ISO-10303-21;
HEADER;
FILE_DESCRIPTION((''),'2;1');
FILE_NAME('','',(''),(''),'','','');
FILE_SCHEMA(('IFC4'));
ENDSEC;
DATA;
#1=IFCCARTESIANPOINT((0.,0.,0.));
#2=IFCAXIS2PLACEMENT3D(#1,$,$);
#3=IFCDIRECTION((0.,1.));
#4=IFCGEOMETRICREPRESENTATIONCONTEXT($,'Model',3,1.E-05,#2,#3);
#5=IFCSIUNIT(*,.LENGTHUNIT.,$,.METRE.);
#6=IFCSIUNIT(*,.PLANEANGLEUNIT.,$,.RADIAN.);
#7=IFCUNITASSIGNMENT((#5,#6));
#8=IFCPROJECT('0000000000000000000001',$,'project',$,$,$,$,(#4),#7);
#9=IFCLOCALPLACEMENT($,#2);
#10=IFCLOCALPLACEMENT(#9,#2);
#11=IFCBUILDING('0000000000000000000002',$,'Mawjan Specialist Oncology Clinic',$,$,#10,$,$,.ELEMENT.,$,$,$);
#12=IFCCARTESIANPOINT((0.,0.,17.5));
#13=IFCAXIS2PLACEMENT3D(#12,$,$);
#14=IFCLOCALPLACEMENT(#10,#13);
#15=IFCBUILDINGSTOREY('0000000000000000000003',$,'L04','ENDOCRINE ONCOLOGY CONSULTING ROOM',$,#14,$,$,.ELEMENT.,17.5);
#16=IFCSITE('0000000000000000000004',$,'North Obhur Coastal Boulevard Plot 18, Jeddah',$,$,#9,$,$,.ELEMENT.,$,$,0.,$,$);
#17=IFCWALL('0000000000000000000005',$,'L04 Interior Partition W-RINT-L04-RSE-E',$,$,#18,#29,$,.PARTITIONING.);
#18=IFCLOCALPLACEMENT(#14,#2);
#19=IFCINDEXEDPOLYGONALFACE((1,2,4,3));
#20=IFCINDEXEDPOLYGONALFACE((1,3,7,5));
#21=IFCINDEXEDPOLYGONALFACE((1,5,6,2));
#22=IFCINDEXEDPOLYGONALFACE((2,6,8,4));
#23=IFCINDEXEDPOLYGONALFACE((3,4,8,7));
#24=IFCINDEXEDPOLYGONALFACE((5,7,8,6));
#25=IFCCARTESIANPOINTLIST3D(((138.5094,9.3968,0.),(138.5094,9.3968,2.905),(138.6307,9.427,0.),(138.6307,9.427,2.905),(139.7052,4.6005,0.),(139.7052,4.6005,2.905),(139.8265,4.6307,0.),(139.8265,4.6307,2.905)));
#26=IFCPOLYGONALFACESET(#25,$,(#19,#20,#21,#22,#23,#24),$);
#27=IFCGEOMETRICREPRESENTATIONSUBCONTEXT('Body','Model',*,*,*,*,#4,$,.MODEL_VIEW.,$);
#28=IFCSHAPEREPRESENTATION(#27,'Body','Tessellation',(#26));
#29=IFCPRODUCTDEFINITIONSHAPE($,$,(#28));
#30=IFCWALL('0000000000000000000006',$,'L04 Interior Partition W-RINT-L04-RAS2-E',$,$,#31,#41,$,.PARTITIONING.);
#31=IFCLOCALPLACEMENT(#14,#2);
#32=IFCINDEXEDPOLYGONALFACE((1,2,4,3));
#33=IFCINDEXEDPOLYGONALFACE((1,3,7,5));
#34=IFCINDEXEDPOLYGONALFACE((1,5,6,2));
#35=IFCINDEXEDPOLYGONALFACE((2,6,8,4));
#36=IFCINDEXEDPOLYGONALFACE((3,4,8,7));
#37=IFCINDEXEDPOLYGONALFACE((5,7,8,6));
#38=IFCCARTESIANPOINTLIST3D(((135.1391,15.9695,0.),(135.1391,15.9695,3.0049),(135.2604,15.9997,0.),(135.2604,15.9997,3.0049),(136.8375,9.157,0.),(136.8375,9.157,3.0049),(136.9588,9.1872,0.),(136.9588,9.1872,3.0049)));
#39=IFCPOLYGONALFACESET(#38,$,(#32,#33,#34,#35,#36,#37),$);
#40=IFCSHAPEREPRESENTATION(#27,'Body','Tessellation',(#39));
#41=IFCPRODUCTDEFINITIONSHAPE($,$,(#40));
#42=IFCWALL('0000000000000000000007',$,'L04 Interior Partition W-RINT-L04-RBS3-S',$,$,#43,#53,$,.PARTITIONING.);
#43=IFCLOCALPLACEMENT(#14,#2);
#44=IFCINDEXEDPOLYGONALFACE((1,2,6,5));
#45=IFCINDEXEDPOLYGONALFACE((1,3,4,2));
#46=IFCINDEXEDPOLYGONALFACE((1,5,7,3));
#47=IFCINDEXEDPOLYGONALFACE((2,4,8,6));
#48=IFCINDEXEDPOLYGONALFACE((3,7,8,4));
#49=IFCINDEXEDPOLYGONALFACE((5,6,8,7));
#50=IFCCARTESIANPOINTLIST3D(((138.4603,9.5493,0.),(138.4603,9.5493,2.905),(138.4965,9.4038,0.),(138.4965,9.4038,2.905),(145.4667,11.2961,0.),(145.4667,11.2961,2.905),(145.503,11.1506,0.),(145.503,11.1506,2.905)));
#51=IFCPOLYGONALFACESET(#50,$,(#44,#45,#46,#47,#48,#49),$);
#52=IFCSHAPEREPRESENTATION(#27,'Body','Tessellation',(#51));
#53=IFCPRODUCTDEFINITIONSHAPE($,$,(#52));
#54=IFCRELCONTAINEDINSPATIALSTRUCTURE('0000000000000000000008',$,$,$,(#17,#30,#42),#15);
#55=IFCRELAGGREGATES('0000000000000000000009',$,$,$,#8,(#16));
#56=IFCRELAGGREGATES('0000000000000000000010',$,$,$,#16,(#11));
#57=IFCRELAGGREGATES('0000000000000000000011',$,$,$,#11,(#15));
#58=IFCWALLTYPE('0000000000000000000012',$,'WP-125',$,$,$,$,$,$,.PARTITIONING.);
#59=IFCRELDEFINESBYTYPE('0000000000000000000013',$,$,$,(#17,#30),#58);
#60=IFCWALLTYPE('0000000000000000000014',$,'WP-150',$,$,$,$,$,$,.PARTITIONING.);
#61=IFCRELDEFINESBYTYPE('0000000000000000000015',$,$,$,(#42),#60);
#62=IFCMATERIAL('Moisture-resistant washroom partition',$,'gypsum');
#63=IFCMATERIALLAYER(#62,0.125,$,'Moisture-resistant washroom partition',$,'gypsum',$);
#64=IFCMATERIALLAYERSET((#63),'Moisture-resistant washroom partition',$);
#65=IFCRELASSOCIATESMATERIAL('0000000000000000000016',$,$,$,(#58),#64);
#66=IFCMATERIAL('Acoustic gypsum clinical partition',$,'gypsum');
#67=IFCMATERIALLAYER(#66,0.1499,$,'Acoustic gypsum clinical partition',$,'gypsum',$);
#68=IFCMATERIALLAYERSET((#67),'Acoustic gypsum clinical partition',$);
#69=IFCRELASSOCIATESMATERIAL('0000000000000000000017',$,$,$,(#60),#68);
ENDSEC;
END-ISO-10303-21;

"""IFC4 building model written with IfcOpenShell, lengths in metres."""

from ifc_helpers import new_model, si_unit, direction, frame, frame_2d, origin, place, context, subcontext, project, spatial, rectangle, extrude, material, layer, layer_set, type_object, element, save


model = new_model("IFC4")

# Units and contexts
model_context = context("Model", 3, precision=1e-05, world=origin(), true_north=direction((0.0, 1.0)))
body_context = subcontext(model_context, "Body", "Model", "MODEL_VIEW")
ifc_project = project(units=[si_unit("LENGTHUNIT", "METRE"), si_unit("PLANEANGLEUNIT", "RADIAN")], contexts=[model_context])

# Site, building, storey
site_placement = place(None, origin())
site = spatial("IfcSite", under=ifc_project, at=site_placement, Name="North Obhur Coastal Boulevard Plot 18, Jeddah", CompositionType="ELEMENT", RefElevation=0.0)
building_placement = place(site_placement, origin())
building = spatial("IfcBuilding", under=site, at=building_placement, Name="Mawjan Specialist Oncology Clinic", CompositionType="ELEMENT")
storey_placement = place(building_placement, frame((0.0, 0.0, 17.5)))
storey = spatial("IfcBuildingStorey", under=building, at=storey_placement, Name="L04", Description="ENDOCRINE ONCOLOGY CONSULTING ROOM", CompositionType="ELEMENT", Elevation=17.5)

# Walls
ifc_material_1 = material(Name="Moisture-resistant washroom partition", Category="gypsum")
ifc_layer_1 = layer(ifc_material_1, 0.125, Name="Moisture-resistant washroom partition", Category="gypsum")
ifc_layer_set_1 = layer_set([ifc_layer_1], Name="Moisture-resistant washroom partition")
wall_type_1 = type_object("IfcWallType", Name="WP-125", PredefinedType="PARTITIONING", material=ifc_layer_set_1)
wall_1_placement = place(storey_placement, frame((139.7659, 4.6155, 0.0), z_axis=(0.0, 0.0, 1.0), x_axis=(-0.241908, 0.970299, 0.0)))
element("IfcWall", 1, at=wall_1_placement, inside=storey, type_object=wall_type_1, Name="L04 Interior Partition W-RINT-L04-RSE-E", PredefinedType="PARTITIONING", context=body_context, shape_type="SweptSolid", body=[
    extrude(rectangle(XDim=4.9431, YDim=0.125, at=frame_2d((2.4717, 0.0))), origin(), (0.0, 0.0, 1.0), 2.905),
])
wall_2_placement = place(storey_placement, frame((136.8982, 9.1721, 0.0), z_axis=(0.0, 0.0, 1.0), x_axis=(-0.241914, 0.970298, 0.0)))
element("IfcWall", 2, at=wall_2_placement, inside=storey, type_object=wall_type_1, Name="L04 Interior Partition W-RINT-L04-RAS2-E", PredefinedType="PARTITIONING", context=body_context, shape_type="SweptSolid", body=[
    extrude(rectangle(XDim=7.021, YDim=0.125, at=frame_2d((3.5105, 0.0))), origin(), (0.0, 0.0, 1.0), 3.0049),
])
ifc_material_2 = material(Name="Acoustic gypsum clinical partition", Category="gypsum")
ifc_layer_2 = layer(ifc_material_2, 0.1499, Name="Acoustic gypsum clinical partition", Category="gypsum")
ifc_layer_set_2 = layer_set([ifc_layer_2], Name="Acoustic gypsum clinical partition")
wall_type_2 = type_object("IfcWallType", Name="WP-150", PredefinedType="PARTITIONING", material=ifc_layer_set_2)
wall_3_placement = place(storey_placement, frame((138.4785, 9.4766, 0.0), z_axis=(0.0, 0.0, 1.0), x_axis=(0.970299, 0.241907, 0.0)))
element("IfcWall", 3, at=wall_3_placement, inside=storey, type_object=wall_type_2, Name="L04 Interior Partition W-RINT-L04-RBS3-S", PredefinedType="PARTITIONING", context=body_context, shape_type="SweptSolid", body=[
    extrude(rectangle(XDim=7.2209, YDim=0.1499, at=frame_2d((3.6104, 0.0))), origin(), (0.0, 0.0, 1.0), 2.905),
])

save(model, "model.ifc")
